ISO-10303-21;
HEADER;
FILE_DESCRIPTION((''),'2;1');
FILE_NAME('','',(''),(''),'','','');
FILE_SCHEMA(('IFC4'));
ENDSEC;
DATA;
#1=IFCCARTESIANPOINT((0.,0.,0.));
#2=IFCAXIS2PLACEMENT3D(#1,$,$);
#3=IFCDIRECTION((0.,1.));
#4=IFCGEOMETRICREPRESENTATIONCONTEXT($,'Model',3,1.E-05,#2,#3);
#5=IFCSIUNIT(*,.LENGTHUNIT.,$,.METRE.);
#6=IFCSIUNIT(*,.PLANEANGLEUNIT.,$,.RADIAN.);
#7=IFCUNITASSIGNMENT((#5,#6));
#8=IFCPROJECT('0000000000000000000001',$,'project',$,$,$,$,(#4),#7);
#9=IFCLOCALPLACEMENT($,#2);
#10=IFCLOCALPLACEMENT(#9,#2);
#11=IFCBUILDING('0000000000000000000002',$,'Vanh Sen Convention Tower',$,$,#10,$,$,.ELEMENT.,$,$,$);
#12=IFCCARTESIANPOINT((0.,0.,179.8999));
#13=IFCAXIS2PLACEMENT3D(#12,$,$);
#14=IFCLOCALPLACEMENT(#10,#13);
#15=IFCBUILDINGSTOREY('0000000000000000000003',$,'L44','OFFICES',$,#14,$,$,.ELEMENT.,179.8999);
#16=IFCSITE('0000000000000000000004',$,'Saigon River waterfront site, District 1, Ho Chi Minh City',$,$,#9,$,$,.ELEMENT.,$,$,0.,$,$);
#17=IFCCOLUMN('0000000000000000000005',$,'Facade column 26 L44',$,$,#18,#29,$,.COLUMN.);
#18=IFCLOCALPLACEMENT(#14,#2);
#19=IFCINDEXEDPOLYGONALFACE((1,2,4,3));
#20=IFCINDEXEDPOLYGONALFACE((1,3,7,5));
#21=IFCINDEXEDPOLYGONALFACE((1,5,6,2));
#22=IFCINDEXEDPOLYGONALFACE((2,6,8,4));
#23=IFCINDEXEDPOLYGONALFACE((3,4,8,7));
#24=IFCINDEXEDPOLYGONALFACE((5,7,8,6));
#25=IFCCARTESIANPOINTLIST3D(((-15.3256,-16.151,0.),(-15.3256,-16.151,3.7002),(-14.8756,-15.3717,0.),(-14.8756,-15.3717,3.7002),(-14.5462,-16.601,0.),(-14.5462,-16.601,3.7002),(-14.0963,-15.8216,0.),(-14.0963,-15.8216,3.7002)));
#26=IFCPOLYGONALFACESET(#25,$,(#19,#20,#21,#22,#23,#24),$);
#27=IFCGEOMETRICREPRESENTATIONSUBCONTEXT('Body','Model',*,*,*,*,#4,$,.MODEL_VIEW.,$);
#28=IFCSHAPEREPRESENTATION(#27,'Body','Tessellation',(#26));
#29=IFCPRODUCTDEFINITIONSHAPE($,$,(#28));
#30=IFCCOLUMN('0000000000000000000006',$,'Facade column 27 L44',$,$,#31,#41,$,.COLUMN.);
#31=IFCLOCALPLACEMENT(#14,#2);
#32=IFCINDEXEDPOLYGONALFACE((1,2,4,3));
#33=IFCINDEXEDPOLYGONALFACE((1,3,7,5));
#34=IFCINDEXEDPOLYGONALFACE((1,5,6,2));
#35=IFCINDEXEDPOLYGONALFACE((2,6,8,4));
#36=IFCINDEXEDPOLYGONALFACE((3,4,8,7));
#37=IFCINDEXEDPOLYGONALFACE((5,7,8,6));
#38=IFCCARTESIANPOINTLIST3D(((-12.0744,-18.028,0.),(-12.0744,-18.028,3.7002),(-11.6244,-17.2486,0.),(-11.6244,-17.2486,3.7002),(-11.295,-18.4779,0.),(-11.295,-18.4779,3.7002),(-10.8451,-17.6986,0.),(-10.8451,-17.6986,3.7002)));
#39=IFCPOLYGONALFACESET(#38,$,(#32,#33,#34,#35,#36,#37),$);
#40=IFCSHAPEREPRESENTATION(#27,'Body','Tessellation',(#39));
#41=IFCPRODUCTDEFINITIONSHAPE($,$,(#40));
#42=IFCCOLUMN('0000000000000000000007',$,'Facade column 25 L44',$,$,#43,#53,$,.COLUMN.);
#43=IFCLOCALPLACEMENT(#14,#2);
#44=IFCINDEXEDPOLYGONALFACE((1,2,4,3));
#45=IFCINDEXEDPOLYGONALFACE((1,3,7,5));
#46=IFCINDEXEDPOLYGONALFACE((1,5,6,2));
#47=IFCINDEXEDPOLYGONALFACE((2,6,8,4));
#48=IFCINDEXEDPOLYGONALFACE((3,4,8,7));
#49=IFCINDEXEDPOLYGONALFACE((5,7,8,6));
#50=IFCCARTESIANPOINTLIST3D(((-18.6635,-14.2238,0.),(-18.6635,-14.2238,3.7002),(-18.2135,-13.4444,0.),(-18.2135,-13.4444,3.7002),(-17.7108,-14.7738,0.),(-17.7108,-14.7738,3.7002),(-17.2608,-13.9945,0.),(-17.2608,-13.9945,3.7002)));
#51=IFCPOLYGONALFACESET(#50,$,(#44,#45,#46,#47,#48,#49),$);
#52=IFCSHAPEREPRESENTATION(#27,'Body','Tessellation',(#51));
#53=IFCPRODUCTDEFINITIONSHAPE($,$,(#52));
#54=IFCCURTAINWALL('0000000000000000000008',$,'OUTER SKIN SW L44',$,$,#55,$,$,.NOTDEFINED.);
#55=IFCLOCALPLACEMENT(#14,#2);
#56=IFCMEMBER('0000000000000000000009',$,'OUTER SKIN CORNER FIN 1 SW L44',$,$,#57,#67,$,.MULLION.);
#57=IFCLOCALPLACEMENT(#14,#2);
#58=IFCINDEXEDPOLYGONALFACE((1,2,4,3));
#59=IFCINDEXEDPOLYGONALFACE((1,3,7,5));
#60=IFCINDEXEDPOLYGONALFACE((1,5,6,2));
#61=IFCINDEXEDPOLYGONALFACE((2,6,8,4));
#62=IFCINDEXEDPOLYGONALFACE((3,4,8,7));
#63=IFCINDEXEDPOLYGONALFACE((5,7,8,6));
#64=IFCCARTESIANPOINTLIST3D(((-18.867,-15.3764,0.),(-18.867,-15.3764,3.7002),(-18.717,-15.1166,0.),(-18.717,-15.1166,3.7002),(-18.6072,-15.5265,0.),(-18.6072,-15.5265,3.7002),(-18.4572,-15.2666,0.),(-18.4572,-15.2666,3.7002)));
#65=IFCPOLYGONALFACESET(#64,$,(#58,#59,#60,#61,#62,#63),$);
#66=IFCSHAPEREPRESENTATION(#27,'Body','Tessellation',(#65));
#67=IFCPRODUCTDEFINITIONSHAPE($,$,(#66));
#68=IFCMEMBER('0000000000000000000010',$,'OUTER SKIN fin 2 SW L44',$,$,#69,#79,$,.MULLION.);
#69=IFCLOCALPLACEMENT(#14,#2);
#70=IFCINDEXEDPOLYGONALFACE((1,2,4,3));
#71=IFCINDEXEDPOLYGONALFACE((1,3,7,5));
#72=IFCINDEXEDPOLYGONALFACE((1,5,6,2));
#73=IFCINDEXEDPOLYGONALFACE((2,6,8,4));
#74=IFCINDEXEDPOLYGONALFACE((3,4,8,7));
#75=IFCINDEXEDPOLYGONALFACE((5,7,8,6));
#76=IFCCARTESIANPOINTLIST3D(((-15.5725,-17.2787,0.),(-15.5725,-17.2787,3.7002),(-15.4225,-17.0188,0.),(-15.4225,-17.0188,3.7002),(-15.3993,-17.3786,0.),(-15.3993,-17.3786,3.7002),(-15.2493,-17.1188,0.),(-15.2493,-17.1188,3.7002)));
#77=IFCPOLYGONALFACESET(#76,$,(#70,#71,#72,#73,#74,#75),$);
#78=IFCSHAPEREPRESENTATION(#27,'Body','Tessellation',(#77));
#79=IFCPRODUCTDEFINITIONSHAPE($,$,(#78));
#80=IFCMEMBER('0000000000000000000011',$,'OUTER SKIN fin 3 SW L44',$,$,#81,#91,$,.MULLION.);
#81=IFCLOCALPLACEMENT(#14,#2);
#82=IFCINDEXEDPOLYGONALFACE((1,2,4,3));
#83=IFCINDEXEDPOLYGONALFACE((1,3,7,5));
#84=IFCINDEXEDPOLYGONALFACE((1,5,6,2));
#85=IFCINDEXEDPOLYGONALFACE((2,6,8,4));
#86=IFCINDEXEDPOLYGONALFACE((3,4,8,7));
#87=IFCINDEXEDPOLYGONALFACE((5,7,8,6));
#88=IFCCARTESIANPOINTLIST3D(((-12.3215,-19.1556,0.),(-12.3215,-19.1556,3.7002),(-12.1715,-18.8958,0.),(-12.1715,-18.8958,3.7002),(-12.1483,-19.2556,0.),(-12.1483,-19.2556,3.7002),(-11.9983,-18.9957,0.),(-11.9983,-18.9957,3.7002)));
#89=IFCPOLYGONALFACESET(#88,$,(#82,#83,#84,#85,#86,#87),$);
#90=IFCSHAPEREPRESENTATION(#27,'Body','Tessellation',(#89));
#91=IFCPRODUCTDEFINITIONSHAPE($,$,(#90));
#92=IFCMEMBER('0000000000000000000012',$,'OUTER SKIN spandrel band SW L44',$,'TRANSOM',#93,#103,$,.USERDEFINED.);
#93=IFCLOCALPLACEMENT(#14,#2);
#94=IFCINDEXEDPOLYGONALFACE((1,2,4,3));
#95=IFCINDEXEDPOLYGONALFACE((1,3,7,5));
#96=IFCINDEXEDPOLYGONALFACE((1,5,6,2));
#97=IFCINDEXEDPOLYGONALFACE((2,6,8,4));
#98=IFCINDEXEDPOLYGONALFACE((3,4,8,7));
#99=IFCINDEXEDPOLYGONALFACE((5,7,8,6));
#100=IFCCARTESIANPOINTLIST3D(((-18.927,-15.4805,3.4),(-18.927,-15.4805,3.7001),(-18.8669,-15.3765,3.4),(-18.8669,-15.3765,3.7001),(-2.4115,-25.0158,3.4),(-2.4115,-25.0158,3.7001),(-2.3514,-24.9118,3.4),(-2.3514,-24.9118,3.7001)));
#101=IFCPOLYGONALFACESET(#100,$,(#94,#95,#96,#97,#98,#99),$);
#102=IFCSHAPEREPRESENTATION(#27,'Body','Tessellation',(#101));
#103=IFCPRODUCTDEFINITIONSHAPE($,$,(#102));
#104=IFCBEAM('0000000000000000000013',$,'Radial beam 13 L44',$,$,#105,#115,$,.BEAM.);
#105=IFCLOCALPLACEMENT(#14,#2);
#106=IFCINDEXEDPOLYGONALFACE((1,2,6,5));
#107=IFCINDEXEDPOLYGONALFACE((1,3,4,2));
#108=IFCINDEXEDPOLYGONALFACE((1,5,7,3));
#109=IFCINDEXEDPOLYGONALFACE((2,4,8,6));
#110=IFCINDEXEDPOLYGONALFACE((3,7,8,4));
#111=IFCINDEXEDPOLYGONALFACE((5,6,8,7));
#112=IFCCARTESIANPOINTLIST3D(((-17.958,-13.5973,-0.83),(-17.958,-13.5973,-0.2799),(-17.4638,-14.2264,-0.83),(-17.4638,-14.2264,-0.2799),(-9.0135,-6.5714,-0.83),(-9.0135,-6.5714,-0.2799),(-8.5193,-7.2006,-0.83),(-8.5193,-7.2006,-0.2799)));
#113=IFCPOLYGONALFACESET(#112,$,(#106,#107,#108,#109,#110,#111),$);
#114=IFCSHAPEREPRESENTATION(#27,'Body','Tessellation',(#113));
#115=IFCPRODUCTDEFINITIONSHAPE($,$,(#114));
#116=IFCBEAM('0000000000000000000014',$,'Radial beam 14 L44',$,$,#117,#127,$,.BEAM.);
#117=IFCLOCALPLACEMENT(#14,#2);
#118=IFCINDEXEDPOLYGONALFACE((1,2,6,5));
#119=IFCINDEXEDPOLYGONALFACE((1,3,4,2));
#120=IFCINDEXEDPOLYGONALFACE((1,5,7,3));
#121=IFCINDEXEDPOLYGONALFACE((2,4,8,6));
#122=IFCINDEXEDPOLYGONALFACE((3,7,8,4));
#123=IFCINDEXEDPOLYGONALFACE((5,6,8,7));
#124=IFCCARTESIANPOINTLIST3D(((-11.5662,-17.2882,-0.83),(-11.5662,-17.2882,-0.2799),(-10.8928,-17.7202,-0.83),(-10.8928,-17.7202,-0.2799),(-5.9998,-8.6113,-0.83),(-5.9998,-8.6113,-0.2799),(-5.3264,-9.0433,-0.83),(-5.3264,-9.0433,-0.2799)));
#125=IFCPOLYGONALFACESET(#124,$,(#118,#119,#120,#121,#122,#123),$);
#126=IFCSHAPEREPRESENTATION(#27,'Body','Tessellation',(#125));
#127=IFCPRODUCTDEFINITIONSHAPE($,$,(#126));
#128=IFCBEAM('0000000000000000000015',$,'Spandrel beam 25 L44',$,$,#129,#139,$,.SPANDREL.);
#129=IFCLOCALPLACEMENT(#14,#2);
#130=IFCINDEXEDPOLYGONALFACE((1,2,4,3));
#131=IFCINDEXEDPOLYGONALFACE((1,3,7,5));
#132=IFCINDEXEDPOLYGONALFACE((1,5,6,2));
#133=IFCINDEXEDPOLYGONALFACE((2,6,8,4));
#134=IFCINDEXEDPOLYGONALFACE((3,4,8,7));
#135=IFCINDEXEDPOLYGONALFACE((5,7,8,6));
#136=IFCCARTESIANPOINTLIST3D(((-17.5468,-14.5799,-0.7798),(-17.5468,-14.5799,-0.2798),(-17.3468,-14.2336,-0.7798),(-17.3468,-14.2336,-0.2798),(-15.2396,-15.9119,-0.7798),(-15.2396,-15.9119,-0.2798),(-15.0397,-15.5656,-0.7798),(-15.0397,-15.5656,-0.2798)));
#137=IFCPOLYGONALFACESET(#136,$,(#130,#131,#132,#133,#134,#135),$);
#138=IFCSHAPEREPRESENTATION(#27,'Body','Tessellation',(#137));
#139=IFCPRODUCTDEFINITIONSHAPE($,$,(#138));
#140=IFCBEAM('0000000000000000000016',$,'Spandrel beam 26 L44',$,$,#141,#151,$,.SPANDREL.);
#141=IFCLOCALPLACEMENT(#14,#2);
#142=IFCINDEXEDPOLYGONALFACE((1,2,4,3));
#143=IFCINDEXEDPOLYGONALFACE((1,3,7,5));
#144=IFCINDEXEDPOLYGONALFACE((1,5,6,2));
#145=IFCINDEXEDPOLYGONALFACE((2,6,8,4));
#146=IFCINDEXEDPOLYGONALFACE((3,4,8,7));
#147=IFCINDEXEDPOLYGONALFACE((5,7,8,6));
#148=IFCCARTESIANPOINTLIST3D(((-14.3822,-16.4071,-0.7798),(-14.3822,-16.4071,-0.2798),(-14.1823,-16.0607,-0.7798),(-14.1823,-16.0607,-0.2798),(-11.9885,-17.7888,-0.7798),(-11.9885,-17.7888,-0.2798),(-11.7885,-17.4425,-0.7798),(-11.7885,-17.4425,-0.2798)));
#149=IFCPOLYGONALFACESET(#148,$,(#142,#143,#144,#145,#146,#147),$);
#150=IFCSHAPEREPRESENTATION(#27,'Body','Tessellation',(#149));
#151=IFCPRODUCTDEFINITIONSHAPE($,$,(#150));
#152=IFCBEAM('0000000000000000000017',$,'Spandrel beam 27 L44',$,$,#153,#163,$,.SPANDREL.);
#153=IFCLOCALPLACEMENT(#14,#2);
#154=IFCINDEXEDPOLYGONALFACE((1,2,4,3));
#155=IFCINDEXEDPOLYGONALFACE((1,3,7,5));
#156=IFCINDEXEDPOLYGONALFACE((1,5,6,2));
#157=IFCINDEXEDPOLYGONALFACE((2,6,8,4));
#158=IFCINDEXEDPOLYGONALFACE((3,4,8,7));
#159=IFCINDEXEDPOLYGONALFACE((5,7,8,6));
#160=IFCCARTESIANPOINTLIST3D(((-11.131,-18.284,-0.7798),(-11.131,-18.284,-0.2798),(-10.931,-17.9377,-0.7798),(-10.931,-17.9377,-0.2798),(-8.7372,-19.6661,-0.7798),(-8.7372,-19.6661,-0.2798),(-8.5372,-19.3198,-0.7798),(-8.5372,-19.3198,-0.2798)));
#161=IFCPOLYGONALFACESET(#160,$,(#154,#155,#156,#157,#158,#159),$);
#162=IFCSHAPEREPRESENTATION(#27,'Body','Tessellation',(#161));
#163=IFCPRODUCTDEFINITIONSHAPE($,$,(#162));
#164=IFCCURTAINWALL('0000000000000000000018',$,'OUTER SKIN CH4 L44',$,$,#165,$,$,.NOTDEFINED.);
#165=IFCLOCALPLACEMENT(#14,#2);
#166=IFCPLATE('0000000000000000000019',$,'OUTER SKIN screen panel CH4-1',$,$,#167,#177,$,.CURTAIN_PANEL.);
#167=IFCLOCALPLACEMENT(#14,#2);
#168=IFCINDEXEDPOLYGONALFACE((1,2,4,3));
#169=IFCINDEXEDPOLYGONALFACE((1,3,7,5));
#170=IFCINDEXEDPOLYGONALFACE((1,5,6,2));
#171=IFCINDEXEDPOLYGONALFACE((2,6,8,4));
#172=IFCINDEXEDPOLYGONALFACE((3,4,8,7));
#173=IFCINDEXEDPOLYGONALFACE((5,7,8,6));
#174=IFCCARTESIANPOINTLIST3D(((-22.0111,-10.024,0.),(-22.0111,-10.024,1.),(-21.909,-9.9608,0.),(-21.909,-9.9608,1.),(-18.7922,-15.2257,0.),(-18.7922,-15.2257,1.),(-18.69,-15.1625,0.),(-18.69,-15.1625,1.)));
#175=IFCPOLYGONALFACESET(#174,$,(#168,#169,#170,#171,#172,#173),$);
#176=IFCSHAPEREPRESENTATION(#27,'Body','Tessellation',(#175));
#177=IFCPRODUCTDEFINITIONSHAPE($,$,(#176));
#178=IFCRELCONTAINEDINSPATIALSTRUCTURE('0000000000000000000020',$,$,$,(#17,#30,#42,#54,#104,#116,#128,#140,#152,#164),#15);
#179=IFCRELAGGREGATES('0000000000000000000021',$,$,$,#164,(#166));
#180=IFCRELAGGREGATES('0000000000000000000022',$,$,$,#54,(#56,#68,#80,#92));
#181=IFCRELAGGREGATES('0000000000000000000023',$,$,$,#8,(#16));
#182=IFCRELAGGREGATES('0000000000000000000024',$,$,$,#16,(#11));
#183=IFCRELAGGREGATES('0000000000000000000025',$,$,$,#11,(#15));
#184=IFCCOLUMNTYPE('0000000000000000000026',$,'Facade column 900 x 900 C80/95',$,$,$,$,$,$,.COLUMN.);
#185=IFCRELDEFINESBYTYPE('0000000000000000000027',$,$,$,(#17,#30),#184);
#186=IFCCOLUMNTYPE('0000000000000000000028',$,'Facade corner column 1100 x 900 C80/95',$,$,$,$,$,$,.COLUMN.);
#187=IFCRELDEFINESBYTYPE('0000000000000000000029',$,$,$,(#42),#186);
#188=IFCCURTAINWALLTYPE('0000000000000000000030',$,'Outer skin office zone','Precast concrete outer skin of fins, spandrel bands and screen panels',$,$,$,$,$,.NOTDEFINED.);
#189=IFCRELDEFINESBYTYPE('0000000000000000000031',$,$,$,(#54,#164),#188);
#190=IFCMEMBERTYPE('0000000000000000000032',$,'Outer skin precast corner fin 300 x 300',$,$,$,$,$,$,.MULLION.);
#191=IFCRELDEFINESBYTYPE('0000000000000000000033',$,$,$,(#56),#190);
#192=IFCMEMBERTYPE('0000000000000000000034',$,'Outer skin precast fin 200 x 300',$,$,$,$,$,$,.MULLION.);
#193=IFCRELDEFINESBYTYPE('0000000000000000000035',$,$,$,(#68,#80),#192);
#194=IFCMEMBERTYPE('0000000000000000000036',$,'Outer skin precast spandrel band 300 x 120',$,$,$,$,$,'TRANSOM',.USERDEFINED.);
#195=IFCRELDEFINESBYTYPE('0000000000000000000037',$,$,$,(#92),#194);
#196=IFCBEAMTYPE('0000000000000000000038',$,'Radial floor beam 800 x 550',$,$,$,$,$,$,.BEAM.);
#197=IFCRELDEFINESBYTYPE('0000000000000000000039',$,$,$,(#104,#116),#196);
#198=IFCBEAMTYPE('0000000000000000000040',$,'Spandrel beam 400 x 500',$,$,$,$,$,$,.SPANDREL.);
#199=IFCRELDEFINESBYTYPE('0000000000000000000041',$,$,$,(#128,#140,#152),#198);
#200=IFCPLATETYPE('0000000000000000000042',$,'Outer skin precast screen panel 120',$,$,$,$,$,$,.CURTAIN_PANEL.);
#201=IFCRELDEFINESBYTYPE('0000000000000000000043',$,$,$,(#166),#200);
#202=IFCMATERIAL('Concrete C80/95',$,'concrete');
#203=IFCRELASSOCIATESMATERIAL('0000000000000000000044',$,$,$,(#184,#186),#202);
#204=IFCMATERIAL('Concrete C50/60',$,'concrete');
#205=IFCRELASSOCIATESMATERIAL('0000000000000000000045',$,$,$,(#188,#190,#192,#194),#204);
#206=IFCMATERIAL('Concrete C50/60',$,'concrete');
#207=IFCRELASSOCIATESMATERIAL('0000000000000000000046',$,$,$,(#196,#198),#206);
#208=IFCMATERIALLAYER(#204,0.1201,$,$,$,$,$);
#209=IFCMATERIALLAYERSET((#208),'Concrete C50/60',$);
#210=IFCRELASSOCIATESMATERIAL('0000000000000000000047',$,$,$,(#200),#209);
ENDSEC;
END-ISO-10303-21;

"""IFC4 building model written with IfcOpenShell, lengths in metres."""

from ifc_helpers import new_model, si_unit, direction, frame, origin, origin_2d, place, context, subcontext, project, spatial, rectangle, extrude, material, layer, layer_set, material_profile, profile_set, type_object, element, aggregate, save


model = new_model("IFC4")

# Units and contexts
model_context = context("Model", 3, precision=1e-05, world=origin(), true_north=direction((0.0, 1.0)))
body_context = subcontext(model_context, "Body", "Model", "MODEL_VIEW")
ifc_project = project(units=[si_unit("LENGTHUNIT", "METRE"), si_unit("PLANEANGLEUNIT", "RADIAN")], contexts=[model_context])

# Site, building, storey
site_placement = place(None, origin())
site = spatial("IfcSite", under=ifc_project, at=site_placement, Name="Saigon River waterfront site, District 1, Ho Chi Minh City", CompositionType="ELEMENT", RefElevation=0.0)
building_placement = place(site_placement, origin())
building = spatial("IfcBuilding", under=site, at=building_placement, Name="Vanh Sen Convention Tower", CompositionType="ELEMENT")
storey_placement = place(building_placement, frame((0.0, 0.0, 179.8999)))
storey = spatial("IfcBuildingStorey", under=building, at=storey_placement, Name="L44", Description="OFFICES", CompositionType="ELEMENT", Elevation=179.8999)

# Columns
ifc_material_1 = material(Name="Concrete C80/95", Category="concrete")
ifc_material_profile_1 = material_profile(ifc_material_1, rectangle(XDim=0.8999, YDim=0.8999, at=origin_2d()), Name="RC 900X900")
ifc_profile_set_1 = profile_set([ifc_material_profile_1], Name="Concrete C80/95")
column_type_1 = type_object("IfcColumnType", Name="Facade column 900 x 900 C80/95", PredefinedType="COLUMN", material=ifc_profile_set_1)
for number, where, z_axis, x_axis, name in (
    (1, (-14.7109, -15.9863, 0.0), (0.0, 0.0, 1.0), (0.866025, -0.5, 0.0), "Facade column 26 L44"),
    (2, (-11.4597, -17.8633, 0.0), (0.0, 0.0, 1.0), (0.866025, -0.5, 0.0), "Facade column 27 L44"),
):
    element("IfcColumn", number, at=place(storey_placement, frame(where, z_axis=z_axis, x_axis=x_axis)), inside=storey, type_object=column_type_1, Name=name, PredefinedType="COLUMN", context=body_context, shape_type="SweptSolid", body=[
        extrude(rectangle(XDim=0.8999, YDim=0.8999, at=origin_2d()), origin(), (0.0, 0.0, 1.0), 3.7002),
    ])
ifc_material_profile_2 = material_profile(ifc_material_1, rectangle(XDim=1.1001, YDim=0.8999, at=origin_2d()), Name="RC 1100X900")
ifc_profile_set_2 = profile_set([ifc_material_profile_2], Name="Concrete C80/95")
column_type_2 = type_object("IfcColumnType", Name="Facade corner column 1100 x 900 C80/95", PredefinedType="COLUMN", material=ifc_profile_set_2)
column_placement = place(storey_placement, frame((-17.9622, -14.1091, 0.0), z_axis=(0.0, 0.0, 1.0), x_axis=(0.866025, -0.5, 0.0)))
element("IfcColumn", 3, at=column_placement, inside=storey, type_object=column_type_2, Name="Facade column 25 L44", PredefinedType="COLUMN", context=body_context, shape_type="SweptSolid", body=[
    extrude(rectangle(XDim=1.1001, YDim=0.8999, at=origin_2d()), origin(), (0.0, 0.0, 1.0), 3.7002),
])

# Curtain wall, members
ifc_material_2 = material(Name="Concrete C50/60", Category="concrete")
curtain_wall_type = type_object("IfcCurtainWallType", Name="Outer skin office zone", Description="Precast concrete outer skin of fins, spandrel bands and screen panels", PredefinedType="NOTDEFINED", material=ifc_material_2)
curtain_wall_1_placement = place(storey_placement, origin())
curtain_wall_1 = element("IfcCurtainWall", 4, at=curtain_wall_1_placement, inside=storey, type_object=curtain_wall_type, Name="OUTER SKIN SW L44", PredefinedType="NOTDEFINED")
ifc_material_profile_3 = material_profile(ifc_material_2, rectangle(XDim=0.3, YDim=0.3, at=origin_2d()), Name="Outer skin precast corner fin 300 x 300")
ifc_profile_set_3 = profile_set([ifc_material_profile_3], Name="Concrete C50/60")
member_type_1 = type_object("IfcMemberType", Name="Outer skin precast corner fin 300 x 300", PredefinedType="MULLION", material=ifc_profile_set_3)
member_1_placement = place(storey_placement, frame((-18.6621, -15.3215, 0.0), z_axis=(0.0, 0.0, 1.0), x_axis=(0.866025, -0.5, 0.0)))
member_1 = element("IfcMember", 5, at=member_1_placement, type_object=member_type_1, Name="OUTER SKIN CORNER FIN 1 SW L44", PredefinedType="MULLION", context=body_context, shape_type="SweptSolid", body=[
    extrude(rectangle(XDim=0.3, YDim=0.3, at=origin_2d()), origin(), (0.0, 0.0, 1.0), 3.7002),
])
ifc_material_profile_4 = material_profile(ifc_material_2, rectangle(XDim=0.2, YDim=0.3, at=origin_2d()), Name="Outer skin precast fin 200 x 300")
ifc_profile_set_4 = profile_set([ifc_material_profile_4], Name="Concrete C50/60")
member_type_2 = type_object("IfcMemberType", Name="Outer skin precast fin 200 x 300", PredefinedType="MULLION", material=ifc_profile_set_4)
member_2_placement = place(storey_placement, frame((-15.4109, -17.1987, 0.0), z_axis=(0.0, 0.0, 1.0), x_axis=(0.866025, -0.5, 0.0)))
member_2 = element("IfcMember", 6, at=member_2_placement, type_object=member_type_2, Name="OUTER SKIN fin 2 SW L44", PredefinedType="MULLION", context=body_context, shape_type="SweptSolid", body=[
    extrude(rectangle(XDim=0.2, YDim=0.3, at=origin_2d()), origin(), (0.0, 0.0, 1.0), 3.7002),
])
member_3_placement = place(storey_placement, frame((-12.1599, -19.0757, 0.0), z_axis=(0.0, 0.0, 1.0), x_axis=(0.866025, -0.5, 0.0)))
member_3 = element("IfcMember", 7, at=member_3_placement, type_object=member_type_2, Name="OUTER SKIN fin 3 SW L44", PredefinedType="MULLION", context=body_context, shape_type="SweptSolid", body=[
    extrude(rectangle(XDim=0.2, YDim=0.3, at=origin_2d()), origin(), (0.0, 0.0, 1.0), 3.7002),
])
ifc_material_profile_5 = material_profile(ifc_material_2, rectangle(XDim=0.1201, YDim=0.3, at=origin_2d()), Name="Outer skin precast spandrel band 300 x 120")
ifc_profile_set_5 = profile_set([ifc_material_profile_5], Name="Concrete C50/60")
member_type_3 = type_object("IfcMemberType", Name="Outer skin precast spandrel band 300 x 120", ElementType="TRANSOM", PredefinedType="USERDEFINED", material=ifc_profile_set_5)
member_4_placement = place(storey_placement, frame((-18.897, -15.4285, 3.55), z_axis=(0.866023, -0.500004, 0.0), x_axis=(0.500004, 0.866023, 0.0)))
member_4 = element("IfcMember", 8, at=member_4_placement, type_object=member_type_3, Name="OUTER SKIN spandrel band SW L44", ObjectType="TRANSOM", PredefinedType="USERDEFINED", context=body_context, shape_type="SweptSolid", body=[
    extrude(rectangle(XDim=0.1201, YDim=0.3, at=origin_2d()), origin(), (0.0, 0.0, 1.0), 19.0706),
])

# Beams
ifc_material_3 = material(Name="Concrete C50/60", Category="concrete")
ifc_material_profile_6 = material_profile(ifc_material_3, rectangle(XDim=0.8, YDim=0.55, at=origin_2d()), Name="RC 800X550")
ifc_profile_set_6 = profile_set([ifc_material_profile_6], Name="Concrete C50/60")
beam_type_1 = type_object("IfcBeamType", Name="Radial floor beam 800 x 550", PredefinedType="BEAM", material=ifc_profile_set_6)
beam_1_placement = place(storey_placement, frame((-17.7109, -13.9119, -0.5549), z_axis=(0.786404, 0.617713, 0.0), x_axis=(-0.617713, 0.786404, 0.0)))
element("IfcBeam", 9, at=beam_1_placement, inside=storey, type_object=beam_type_1, Name="Radial beam 13 L44", PredefinedType="BEAM", context=body_context, shape_type="SweptSolid", body=[
    extrude(rectangle(XDim=0.8, YDim=0.55, at=origin_2d()), origin(), (0.0, 0.0, 1.0), 11.374),
])
beam_2_placement = place(storey_placement, frame((-11.2295, -17.5042, -0.5549), z_axis=(0.539967, 0.841686, 0.0), x_axis=(-0.841686, 0.539967, 0.0)))
element("IfcBeam", 10, at=beam_2_placement, inside=storey, type_object=beam_type_1, Name="Radial beam 14 L44", PredefinedType="BEAM", context=body_context, shape_type="SweptSolid", body=[
    extrude(rectangle(XDim=0.8, YDim=0.55, at=origin_2d()), origin(), (0.0, 0.0, 1.0), 10.3088),
])
ifc_material_profile_7 = material_profile(ifc_material_3, rectangle(XDim=0.3999, YDim=0.5, at=origin_2d()), Name="RC 400X500")
ifc_profile_set_7 = profile_set([ifc_material_profile_7], Name="Concrete C50/60")
beam_type_2 = type_object("IfcBeamType", Name="Spandrel beam 400 x 500", PredefinedType="SPANDREL", material=ifc_profile_set_7)
beam_3_placement = place(storey_placement, frame((-17.4468, -14.4067, -0.5298), z_axis=(0.866024, -0.500003, 0.0), x_axis=(0.500003, 0.866024, 0.0)))
element("IfcBeam", 11, at=beam_3_placement, inside=storey, type_object=beam_type_2, Name="Spandrel beam 25 L44", PredefinedType="SPANDREL", context=body_context, shape_type="SweptSolid", body=[
    extrude(rectangle(XDim=0.3999, YDim=0.5, at=origin_2d()), origin(), (0.0, 0.0, 1.0), 2.6641),
])
beam_4_placement = place(storey_placement, frame((-14.2822, -16.2339, -0.5298), z_axis=(0.866061, -0.499939, 0.0), x_axis=(0.499939, 0.866061, 0.0)))
element("IfcBeam", 12, at=beam_4_placement, inside=storey, type_object=beam_type_2, Name="Spandrel beam 26 L44", PredefinedType="SPANDREL", context=body_context, shape_type="SweptSolid", body=[
    extrude(rectangle(XDim=0.3999, YDim=0.5, at=origin_2d()), origin(), (0.0, 0.0, 1.0), 2.7639),
])
beam_5_placement = place(storey_placement, frame((-11.031, -18.1108, -0.5298), z_axis=(0.866022, -0.500005, 0.0), x_axis=(0.500005, 0.866022, 0.0)))
element("IfcBeam", 13, at=beam_5_placement, inside=storey, type_object=beam_type_2, Name="Spandrel beam 27 L44", PredefinedType="SPANDREL", context=body_context, shape_type="SweptSolid", body=[
    extrude(rectangle(XDim=0.3999, YDim=0.5, at=origin_2d()), origin(), (0.0, 0.0, 1.0), 2.7642),
])

# Curtain wall, plate
curtain_wall_2_placement = place(storey_placement, origin())
curtain_wall_2 = element("IfcCurtainWall", 14, at=curtain_wall_2_placement, inside=storey, type_object=curtain_wall_type, Name="OUTER SKIN CH4 L44", PredefinedType="NOTDEFINED")
ifc_layer_1 = layer(ifc_material_2, 0.1201)
ifc_layer_set_1 = layer_set([ifc_layer_1], Name="Concrete C50/60")
plate_type = type_object("IfcPlateType", Name="Outer skin precast screen panel 120", PredefinedType="CURTAIN_PANEL", material=ifc_layer_set_1)
plate_1_placement = place(storey_placement, frame((-20.3506, -12.5933, 0.0), z_axis=(0.0, 0.0, 1.0), x_axis=(0.526218, -0.850349, 0.0)))
plate_1 = element("IfcPlate", 15, at=plate_1_placement, type_object=plate_type, Name="OUTER SKIN screen panel CH4-1", PredefinedType="CURTAIN_PANEL", context=body_context, shape_type="SweptSolid", body=[
    extrude(rectangle(XDim=6.1172, YDim=0.1201, at=origin_2d()), origin(), (0.0, 0.0, 1.0), 1.0),
])
aggregate(curtain_wall_2, [plate_1])

aggregate(curtain_wall_1, [member_1, member_2, member_3, member_4])

save(model, "model.ifc")
